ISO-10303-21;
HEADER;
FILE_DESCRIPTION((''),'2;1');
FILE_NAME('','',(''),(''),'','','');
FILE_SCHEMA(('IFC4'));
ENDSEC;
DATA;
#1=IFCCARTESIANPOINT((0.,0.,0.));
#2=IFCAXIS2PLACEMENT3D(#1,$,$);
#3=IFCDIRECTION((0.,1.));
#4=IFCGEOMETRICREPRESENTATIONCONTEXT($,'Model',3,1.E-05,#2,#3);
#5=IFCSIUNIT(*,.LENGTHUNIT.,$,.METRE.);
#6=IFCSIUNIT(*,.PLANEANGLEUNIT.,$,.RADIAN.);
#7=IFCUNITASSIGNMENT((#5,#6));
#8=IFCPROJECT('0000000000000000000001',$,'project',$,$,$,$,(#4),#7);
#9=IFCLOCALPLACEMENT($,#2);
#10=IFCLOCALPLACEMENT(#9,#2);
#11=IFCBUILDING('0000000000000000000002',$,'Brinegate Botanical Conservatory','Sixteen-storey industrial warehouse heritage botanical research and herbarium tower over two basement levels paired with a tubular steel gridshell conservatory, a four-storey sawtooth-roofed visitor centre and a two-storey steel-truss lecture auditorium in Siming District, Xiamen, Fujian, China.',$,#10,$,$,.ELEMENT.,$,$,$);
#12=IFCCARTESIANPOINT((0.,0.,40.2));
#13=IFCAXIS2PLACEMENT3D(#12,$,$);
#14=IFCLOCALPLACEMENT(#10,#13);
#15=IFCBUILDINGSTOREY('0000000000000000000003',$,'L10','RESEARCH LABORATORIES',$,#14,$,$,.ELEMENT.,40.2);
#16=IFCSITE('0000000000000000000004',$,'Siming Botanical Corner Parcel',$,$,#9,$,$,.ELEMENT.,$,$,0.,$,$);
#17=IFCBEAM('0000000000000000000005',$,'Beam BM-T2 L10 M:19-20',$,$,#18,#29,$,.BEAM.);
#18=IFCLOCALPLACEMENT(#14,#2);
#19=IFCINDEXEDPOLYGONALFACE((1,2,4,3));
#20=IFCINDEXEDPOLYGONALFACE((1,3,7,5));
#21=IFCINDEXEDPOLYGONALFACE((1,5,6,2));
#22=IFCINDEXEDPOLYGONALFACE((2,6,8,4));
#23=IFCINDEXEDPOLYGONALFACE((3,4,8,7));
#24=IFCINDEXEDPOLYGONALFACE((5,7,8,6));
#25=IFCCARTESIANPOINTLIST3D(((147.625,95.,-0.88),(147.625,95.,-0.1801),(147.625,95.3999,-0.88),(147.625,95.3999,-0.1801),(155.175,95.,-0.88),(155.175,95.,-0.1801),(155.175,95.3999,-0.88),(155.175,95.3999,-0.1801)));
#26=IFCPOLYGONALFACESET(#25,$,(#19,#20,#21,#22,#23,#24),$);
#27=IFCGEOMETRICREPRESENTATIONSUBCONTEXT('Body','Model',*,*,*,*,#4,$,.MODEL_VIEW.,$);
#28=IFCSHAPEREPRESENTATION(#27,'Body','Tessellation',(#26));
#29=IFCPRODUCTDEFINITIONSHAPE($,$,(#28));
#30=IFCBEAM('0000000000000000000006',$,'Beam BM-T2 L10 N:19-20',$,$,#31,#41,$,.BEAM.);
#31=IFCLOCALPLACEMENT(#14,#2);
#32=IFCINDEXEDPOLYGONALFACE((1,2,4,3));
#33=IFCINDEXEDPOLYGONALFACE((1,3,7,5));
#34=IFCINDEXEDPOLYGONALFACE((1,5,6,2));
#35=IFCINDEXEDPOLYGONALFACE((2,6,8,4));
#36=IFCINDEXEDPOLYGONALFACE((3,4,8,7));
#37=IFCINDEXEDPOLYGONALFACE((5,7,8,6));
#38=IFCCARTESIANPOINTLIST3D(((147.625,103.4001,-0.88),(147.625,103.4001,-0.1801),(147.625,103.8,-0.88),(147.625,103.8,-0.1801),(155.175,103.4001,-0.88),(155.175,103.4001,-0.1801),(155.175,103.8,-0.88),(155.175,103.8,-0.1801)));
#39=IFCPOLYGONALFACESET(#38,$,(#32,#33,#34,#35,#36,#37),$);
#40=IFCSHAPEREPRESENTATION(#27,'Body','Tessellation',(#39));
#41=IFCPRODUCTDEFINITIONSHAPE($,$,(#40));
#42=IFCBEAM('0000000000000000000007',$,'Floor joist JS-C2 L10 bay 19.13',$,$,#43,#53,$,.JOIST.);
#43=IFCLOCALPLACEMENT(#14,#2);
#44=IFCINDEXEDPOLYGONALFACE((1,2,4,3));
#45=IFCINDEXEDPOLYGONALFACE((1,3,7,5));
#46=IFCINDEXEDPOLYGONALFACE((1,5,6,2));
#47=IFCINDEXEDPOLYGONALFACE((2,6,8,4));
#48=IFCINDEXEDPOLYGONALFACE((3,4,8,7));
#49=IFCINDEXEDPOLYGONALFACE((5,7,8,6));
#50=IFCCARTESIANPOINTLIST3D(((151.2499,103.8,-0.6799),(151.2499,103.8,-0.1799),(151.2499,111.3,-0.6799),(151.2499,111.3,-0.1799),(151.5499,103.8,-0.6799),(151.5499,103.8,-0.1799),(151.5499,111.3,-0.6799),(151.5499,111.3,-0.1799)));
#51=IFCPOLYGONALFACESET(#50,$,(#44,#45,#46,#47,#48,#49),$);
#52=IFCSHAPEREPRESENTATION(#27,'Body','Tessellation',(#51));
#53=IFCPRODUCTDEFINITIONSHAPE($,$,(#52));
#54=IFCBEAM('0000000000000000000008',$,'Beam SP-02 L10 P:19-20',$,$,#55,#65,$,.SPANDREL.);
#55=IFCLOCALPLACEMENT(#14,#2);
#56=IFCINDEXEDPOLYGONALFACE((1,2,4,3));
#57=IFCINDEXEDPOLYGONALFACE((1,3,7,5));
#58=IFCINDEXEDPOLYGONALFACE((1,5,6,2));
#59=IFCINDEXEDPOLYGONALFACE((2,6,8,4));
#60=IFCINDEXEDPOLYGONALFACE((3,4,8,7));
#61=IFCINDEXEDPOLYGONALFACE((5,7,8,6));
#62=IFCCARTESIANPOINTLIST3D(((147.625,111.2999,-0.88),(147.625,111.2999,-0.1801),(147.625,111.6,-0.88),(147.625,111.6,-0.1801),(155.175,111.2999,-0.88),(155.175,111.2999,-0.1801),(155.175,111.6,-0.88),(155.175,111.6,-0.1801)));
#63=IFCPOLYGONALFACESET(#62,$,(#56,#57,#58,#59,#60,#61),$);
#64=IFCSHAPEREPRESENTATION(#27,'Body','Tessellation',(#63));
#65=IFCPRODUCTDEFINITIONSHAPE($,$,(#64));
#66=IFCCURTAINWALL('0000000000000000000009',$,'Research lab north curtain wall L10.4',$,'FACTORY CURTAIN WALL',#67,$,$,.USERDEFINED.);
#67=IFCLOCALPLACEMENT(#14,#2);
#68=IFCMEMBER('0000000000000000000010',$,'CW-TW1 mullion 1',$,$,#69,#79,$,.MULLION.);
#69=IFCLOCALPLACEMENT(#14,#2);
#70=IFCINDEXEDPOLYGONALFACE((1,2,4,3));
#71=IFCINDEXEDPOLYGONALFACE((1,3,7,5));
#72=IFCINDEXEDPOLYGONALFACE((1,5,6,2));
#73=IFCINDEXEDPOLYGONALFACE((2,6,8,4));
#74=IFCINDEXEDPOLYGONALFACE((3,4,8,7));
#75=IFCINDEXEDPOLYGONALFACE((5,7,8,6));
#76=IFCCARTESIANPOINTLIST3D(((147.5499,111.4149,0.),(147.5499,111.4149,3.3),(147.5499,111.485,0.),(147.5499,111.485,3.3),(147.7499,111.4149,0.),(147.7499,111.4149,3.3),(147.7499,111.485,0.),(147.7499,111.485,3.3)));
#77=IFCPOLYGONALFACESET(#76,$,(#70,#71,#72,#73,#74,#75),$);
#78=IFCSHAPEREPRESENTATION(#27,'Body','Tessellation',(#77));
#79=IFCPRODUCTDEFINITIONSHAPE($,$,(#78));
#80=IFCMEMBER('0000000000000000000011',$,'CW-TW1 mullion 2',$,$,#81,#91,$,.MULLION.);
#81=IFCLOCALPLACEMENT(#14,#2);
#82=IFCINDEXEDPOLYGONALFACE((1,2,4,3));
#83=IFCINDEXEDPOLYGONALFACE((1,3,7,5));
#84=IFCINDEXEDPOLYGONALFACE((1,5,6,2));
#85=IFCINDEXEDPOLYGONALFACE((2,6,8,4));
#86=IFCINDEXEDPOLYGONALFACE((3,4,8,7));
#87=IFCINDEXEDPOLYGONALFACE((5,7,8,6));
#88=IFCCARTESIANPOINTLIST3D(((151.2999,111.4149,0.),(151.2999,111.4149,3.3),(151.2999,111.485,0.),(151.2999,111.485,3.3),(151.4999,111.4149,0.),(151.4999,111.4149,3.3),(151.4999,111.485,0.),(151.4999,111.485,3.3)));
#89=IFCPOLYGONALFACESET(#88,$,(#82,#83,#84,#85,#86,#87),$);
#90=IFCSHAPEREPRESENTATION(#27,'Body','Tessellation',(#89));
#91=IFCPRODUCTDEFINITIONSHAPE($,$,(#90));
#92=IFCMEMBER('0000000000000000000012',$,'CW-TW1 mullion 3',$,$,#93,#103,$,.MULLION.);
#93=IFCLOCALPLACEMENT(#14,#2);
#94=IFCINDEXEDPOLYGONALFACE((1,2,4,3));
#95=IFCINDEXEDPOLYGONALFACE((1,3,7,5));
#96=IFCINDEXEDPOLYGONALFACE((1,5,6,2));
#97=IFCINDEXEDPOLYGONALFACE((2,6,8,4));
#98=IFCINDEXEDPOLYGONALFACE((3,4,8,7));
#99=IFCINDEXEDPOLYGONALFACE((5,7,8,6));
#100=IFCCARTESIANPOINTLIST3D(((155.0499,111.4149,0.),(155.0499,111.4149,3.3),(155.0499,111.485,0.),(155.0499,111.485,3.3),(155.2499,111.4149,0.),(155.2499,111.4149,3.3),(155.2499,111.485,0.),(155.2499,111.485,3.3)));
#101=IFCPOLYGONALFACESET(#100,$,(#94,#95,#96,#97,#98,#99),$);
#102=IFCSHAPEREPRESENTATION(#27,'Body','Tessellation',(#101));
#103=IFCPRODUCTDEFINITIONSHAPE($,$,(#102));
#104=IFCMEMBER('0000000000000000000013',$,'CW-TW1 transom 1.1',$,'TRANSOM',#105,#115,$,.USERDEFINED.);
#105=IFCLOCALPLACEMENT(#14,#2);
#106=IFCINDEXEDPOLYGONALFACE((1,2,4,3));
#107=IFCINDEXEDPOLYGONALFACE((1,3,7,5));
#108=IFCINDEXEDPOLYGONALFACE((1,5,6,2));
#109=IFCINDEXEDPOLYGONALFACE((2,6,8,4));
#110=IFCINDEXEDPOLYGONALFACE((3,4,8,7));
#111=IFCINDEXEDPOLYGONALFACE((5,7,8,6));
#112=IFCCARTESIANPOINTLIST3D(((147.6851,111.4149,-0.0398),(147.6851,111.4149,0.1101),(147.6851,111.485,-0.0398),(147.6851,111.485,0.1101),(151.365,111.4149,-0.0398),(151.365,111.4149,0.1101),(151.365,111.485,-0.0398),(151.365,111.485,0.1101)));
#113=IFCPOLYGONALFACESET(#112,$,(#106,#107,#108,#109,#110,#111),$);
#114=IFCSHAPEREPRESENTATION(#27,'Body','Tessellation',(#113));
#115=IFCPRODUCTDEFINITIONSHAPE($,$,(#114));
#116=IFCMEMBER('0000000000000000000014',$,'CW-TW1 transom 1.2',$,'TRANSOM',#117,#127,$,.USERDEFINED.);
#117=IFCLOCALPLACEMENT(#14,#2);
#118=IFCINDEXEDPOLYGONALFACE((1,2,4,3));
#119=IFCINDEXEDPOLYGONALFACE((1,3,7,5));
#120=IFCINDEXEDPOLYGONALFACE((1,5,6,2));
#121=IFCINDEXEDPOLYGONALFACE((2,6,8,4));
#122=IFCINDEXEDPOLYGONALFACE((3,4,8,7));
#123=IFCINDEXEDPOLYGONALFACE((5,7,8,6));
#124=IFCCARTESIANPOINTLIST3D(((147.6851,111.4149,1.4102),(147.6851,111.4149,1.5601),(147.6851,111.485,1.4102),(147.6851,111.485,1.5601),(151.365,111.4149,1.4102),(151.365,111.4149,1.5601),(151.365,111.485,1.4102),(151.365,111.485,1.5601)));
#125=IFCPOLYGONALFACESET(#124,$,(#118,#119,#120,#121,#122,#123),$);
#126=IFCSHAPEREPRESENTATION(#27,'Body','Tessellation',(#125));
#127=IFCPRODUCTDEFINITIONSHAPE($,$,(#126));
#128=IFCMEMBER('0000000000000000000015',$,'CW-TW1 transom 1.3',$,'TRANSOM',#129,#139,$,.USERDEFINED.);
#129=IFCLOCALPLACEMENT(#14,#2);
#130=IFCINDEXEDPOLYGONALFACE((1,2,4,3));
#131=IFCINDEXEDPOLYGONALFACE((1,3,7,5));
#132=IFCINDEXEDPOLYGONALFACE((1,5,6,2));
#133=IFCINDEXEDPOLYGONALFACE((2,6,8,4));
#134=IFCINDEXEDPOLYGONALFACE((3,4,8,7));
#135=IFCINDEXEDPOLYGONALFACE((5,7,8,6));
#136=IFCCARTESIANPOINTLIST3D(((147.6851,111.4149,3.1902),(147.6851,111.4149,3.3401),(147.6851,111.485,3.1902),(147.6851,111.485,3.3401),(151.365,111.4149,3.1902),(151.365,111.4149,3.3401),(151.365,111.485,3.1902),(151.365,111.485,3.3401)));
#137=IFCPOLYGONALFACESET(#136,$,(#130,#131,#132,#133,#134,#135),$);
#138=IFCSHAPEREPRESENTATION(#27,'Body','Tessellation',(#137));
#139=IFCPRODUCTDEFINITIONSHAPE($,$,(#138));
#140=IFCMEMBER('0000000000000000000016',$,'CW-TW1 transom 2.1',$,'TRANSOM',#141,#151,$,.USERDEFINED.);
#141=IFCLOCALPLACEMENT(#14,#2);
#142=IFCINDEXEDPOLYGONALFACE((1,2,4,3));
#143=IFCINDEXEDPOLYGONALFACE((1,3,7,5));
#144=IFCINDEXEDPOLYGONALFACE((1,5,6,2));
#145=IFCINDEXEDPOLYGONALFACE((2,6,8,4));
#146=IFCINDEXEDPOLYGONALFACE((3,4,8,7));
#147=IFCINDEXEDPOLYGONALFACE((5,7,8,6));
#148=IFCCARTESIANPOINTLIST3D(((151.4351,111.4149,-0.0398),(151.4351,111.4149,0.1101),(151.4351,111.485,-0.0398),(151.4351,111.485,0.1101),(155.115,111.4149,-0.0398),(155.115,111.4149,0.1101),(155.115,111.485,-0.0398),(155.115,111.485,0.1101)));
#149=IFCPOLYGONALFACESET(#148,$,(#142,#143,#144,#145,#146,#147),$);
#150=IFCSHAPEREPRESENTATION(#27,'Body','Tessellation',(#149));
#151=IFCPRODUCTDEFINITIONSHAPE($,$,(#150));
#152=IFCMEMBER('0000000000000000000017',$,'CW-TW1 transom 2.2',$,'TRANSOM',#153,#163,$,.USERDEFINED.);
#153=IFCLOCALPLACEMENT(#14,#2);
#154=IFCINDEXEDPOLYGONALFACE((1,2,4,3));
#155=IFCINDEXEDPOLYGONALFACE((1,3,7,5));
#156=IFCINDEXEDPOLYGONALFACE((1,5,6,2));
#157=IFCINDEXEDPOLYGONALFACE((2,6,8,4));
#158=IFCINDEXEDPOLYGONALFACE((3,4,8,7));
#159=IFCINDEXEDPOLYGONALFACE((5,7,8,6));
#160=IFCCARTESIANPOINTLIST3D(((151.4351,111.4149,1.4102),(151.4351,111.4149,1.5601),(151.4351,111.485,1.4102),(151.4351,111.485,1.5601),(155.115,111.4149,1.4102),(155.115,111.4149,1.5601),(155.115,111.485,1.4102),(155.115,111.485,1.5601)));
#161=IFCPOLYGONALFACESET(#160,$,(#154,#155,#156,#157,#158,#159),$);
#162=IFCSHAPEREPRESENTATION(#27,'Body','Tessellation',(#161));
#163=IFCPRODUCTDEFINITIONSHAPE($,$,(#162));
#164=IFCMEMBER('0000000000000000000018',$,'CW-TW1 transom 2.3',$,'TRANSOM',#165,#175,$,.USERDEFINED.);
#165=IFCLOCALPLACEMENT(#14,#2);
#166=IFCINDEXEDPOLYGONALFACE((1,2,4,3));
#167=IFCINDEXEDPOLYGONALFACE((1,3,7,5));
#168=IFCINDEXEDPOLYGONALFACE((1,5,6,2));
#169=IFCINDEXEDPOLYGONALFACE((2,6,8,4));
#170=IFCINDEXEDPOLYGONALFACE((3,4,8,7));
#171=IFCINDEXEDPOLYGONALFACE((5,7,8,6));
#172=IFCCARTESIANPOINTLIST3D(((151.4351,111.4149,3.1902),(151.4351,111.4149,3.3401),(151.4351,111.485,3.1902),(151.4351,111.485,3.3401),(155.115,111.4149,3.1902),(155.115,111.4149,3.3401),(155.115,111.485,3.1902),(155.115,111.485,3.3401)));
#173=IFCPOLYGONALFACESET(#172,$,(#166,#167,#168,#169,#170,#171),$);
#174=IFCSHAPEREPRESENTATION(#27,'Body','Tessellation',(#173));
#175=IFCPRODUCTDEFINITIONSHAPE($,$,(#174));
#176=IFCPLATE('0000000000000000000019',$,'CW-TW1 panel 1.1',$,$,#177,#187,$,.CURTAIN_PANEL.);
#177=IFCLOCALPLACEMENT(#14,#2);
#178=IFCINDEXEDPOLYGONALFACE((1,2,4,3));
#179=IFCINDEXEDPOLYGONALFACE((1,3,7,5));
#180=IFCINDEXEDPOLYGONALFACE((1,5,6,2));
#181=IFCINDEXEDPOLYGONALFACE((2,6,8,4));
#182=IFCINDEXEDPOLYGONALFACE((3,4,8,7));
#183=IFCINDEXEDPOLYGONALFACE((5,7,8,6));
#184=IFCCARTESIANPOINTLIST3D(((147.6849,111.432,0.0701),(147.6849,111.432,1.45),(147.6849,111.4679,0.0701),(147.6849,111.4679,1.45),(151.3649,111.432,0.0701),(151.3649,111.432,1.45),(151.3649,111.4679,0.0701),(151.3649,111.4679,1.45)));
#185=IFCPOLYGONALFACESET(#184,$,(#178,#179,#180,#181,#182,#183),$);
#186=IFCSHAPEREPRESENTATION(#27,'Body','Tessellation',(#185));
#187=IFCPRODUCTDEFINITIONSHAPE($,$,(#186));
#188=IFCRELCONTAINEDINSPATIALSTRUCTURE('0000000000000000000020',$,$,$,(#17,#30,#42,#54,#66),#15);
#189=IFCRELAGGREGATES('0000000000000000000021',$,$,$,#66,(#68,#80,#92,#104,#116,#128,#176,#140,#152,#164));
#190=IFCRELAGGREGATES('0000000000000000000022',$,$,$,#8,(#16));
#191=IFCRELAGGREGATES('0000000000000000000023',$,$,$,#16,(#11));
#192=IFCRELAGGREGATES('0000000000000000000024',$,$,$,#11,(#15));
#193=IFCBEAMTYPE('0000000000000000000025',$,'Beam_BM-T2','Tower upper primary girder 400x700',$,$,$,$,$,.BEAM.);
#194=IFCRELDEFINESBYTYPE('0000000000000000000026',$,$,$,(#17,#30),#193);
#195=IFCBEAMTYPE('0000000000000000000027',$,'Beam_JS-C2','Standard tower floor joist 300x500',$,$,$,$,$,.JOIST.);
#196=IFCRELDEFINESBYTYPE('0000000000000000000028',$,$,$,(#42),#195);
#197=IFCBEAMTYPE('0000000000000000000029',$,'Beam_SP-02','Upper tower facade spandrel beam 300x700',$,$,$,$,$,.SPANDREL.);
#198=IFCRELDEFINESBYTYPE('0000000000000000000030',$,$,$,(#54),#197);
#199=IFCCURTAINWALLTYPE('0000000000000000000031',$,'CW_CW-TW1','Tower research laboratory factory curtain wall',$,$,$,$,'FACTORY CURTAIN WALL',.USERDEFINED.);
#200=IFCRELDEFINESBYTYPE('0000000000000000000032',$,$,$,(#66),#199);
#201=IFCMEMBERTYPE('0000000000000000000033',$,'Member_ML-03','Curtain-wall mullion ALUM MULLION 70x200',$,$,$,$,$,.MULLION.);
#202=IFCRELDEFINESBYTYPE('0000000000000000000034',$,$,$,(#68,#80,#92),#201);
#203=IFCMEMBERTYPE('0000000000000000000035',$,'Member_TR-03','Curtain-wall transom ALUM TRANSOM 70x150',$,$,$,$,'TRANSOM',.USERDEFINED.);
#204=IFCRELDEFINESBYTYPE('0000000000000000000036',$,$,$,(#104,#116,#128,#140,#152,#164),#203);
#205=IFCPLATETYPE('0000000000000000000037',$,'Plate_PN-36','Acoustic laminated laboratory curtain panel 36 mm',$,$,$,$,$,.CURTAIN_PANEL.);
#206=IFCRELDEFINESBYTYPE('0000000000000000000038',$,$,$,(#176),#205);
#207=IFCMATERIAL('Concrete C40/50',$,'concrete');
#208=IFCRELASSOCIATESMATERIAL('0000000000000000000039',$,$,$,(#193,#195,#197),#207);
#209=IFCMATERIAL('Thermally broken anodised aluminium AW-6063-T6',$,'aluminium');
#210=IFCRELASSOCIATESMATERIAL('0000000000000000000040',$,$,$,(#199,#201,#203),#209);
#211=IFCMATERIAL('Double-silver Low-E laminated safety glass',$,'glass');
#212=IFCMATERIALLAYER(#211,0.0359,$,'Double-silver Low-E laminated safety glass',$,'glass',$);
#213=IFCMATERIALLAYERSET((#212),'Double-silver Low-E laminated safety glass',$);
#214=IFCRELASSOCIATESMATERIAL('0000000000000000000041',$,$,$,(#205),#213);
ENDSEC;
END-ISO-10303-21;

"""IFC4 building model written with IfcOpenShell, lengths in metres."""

from ifc_helpers import new_model, si_unit, direction, frame, origin, origin_2d, place, context, subcontext, project, spatial, rectangle, extrude, material, layer, layer_set, material_profile, profile_set, type_object, element, aggregate, save


model = new_model("IFC4")

# Units and contexts
model_context = context("Model", 3, precision=1e-05, world=origin(), true_north=direction((0.0, 1.0)))
body_context = subcontext(model_context, "Body", "Model", "MODEL_VIEW")
ifc_project = project(units=[si_unit("LENGTHUNIT", "METRE"), si_unit("PLANEANGLEUNIT", "RADIAN")], contexts=[model_context])

# Site, building, storey
site_placement = place(None, origin())
site = spatial("IfcSite", under=ifc_project, at=site_placement, Name="Siming Botanical Corner Parcel", CompositionType="ELEMENT", RefElevation=0.0)
building_placement = place(site_placement, origin())
building = spatial("IfcBuilding", under=site, at=building_placement, Name="Brinegate Botanical Conservatory", Description="Sixteen-storey industrial warehouse heritage botanical research and herbarium tower over two basement levels paired with a tubular steel gridshell conservatory, a four-storey sawtooth-roofed visitor centre and a two-storey steel-truss lecture auditorium in Siming District, Xiamen, Fujian, China.", CompositionType="ELEMENT")
storey_placement = place(building_placement, frame((0.0, 0.0, 40.2)))
storey = spatial("IfcBuildingStorey", under=building, at=storey_placement, Name="L10", Description="RESEARCH LABORATORIES", CompositionType="ELEMENT", Elevation=40.2)

# Beams
ifc_material_1 = material(Name="Concrete C40/50", Category="concrete")
ifc_material_profile_1 = material_profile(ifc_material_1, rectangle(XDim=0.3999, YDim=0.7, at=origin_2d()), Name="RC BM 400x700")
ifc_profile_set_1 = profile_set([ifc_material_profile_1], Name="Concrete C40/50")
beam_type_1 = type_object("IfcBeamType", Name="Beam_BM-T2", Description="Tower upper primary girder 400x700", PredefinedType="BEAM", material=ifc_profile_set_1)
for number, where, z_axis, x_axis, name in (
    (1, (147.625, 95.2, -0.53), (1.0, 0.0, 0.0), (0.0, 1.0, 0.0), "Beam BM-T2 L10 M:19-20"),
    (2, (147.625, 103.6001, -0.53), (1.0, 0.0, 0.0), (0.0, 1.0, 0.0), "Beam BM-T2 L10 N:19-20"),
):
    element("IfcBeam", number, at=place(storey_placement, frame(where, z_axis=z_axis, x_axis=x_axis)), inside=storey, type_object=beam_type_1, Name=name, PredefinedType="BEAM", context=body_context, shape_type="SweptSolid", body=[
        extrude(rectangle(XDim=0.3999, YDim=0.7, at=origin_2d()), origin(), (0.0, 0.0, 1.0), 7.55),
    ])
ifc_material_profile_2 = material_profile(ifc_material_1, rectangle(XDim=0.3, YDim=0.5, at=origin_2d()), Name="RC JST 300x500")
ifc_profile_set_2 = profile_set([ifc_material_profile_2], Name="Concrete C40/50")
beam_type_2 = type_object("IfcBeamType", Name="Beam_JS-C2", Description="Standard tower floor joist 300x500", PredefinedType="JOIST", material=ifc_profile_set_2)
beam_1_placement = place(storey_placement, frame((151.3999, 103.8, -0.4299), z_axis=(0.0, 1.0, 0.0), x_axis=(-1.0, 0.0, 0.0)))
element("IfcBeam", 3, at=beam_1_placement, inside=storey, type_object=beam_type_2, Name="Floor joist JS-C2 L10 bay 19.13", PredefinedType="JOIST", context=body_context, shape_type="SweptSolid", body=[
    extrude(rectangle(XDim=0.3, YDim=0.5, at=origin_2d()), origin(), (0.0, 0.0, 1.0), 7.5),
])
ifc_material_profile_3 = material_profile(ifc_material_1, rectangle(XDim=0.3, YDim=0.7, at=origin_2d()), Name="RC SPN 300x700")
ifc_profile_set_3 = profile_set([ifc_material_profile_3], Name="Concrete C40/50")
beam_type_3 = type_object("IfcBeamType", Name="Beam_SP-02", Description="Upper tower facade spandrel beam 300x700", PredefinedType="SPANDREL", material=ifc_profile_set_3)
beam_2_placement = place(storey_placement, frame((147.625, 111.45, -0.53), z_axis=(1.0, 0.0, 0.0), x_axis=(0.0, 1.0, 0.0)))
element("IfcBeam", 4, at=beam_2_placement, inside=storey, type_object=beam_type_3, Name="Beam SP-02 L10 P:19-20", PredefinedType="SPANDREL", context=body_context, shape_type="SweptSolid", body=[
    extrude(rectangle(XDim=0.3, YDim=0.7, at=origin_2d()), origin(), (0.0, 0.0, 1.0), 7.55),
])

# Curtain wall, members, plate
ifc_material_2 = material(Name="Thermally broken anodised aluminium AW-6063-T6", Category="aluminium")
curtain_wall_type = type_object("IfcCurtainWallType", Name="CW_CW-TW1", Description="Tower research laboratory factory curtain wall", ElementType="FACTORY CURTAIN WALL", PredefinedType="USERDEFINED", material=ifc_material_2)
curtain_wall_placement = place(storey_placement, origin())
curtain_wall = element("IfcCurtainWall", 5, at=curtain_wall_placement, inside=storey, type_object=curtain_wall_type, Name="Research lab north curtain wall L10.4", ObjectType="FACTORY CURTAIN WALL", PredefinedType="USERDEFINED")
ifc_material_profile_4 = material_profile(ifc_material_2, rectangle(XDim=0.0701, YDim=0.2, at=origin_2d()), Name="ALUM MULLION 70x200")
ifc_profile_set_4 = profile_set([ifc_material_profile_4], Name="Thermally broken anodised aluminium AW-6063-T6")
member_type_1 = type_object("IfcMemberType", Name="Member_ML-03", Description="Curtain-wall mullion ALUM MULLION 70x200", PredefinedType="MULLION", material=ifc_profile_set_4)
member_1_placement = place(storey_placement, frame((147.6499, 111.45, 0.0), z_axis=(0.0, 0.0, 1.0), x_axis=(0.0, 1.0, 0.0)))
member_1 = element("IfcMember", 6, at=member_1_placement, type_object=member_type_1, Name="CW-TW1 mullion 1", PredefinedType="MULLION", context=body_context, shape_type="SweptSolid", body=[
    extrude(rectangle(XDim=0.0701, YDim=0.2, at=origin_2d()), origin(), (0.0, 0.0, 1.0), 3.3),
])
member_2_placement = place(storey_placement, frame((151.3999, 111.45, 0.0), z_axis=(0.0, 0.0, 1.0), x_axis=(0.0, 1.0, 0.0)))
member_2 = element("IfcMember", 7, at=member_2_placement, type_object=member_type_1, Name="CW-TW1 mullion 2", PredefinedType="MULLION", context=body_context, shape_type="SweptSolid", body=[
    extrude(rectangle(XDim=0.0701, YDim=0.2, at=origin_2d()), origin(), (0.0, 0.0, 1.0), 3.3),
])
member_3_placement = place(storey_placement, frame((155.1499, 111.45, 0.0), z_axis=(0.0, 0.0, 1.0), x_axis=(0.0, 1.0, 0.0)))
member_3 = element("IfcMember", 8, at=member_3_placement, type_object=member_type_1, Name="CW-TW1 mullion 3", PredefinedType="MULLION", context=body_context, shape_type="SweptSolid", body=[
    extrude(rectangle(XDim=0.0701, YDim=0.2, at=origin_2d()), origin(), (0.0, 0.0, 1.0), 3.3),
])
ifc_material_profile_5 = material_profile(ifc_material_2, rectangle(XDim=0.0701, YDim=0.1499, at=origin_2d()), Name="ALUM TRANSOM 70x150")
ifc_profile_set_5 = profile_set([ifc_material_profile_5], Name="Thermally broken anodised aluminium AW-6063-T6")
member_type_2 = type_object("IfcMemberType", Name="Member_TR-03", Description="Curtain-wall transom ALUM TRANSOM 70x150", ElementType="TRANSOM", PredefinedType="USERDEFINED", material=ifc_profile_set_5)
member_4_placement = place(storey_placement, frame((147.6851, 111.45, 0.0352), z_axis=(1.0, 0.0, 0.0), x_axis=(0.0, 1.0, 0.0)))
member_4 = element("IfcMember", 9, at=member_4_placement, type_object=member_type_2, Name="CW-TW1 transom 1.1", ObjectType="TRANSOM", PredefinedType="USERDEFINED", context=body_context, shape_type="SweptSolid", body=[
    extrude(rectangle(XDim=0.0701, YDim=0.1499, at=origin_2d()), origin(), (0.0, 0.0, 1.0), 3.6799),
])
member_5_placement = place(storey_placement, frame((147.6851, 111.45, 1.4851), z_axis=(1.0, 0.0, 0.0), x_axis=(0.0, 1.0, 0.0)))
member_5 = element("IfcMember", 10, at=member_5_placement, type_object=member_type_2, Name="CW-TW1 transom 1.2", ObjectType="TRANSOM", PredefinedType="USERDEFINED", context=body_context, shape_type="SweptSolid", body=[
    extrude(rectangle(XDim=0.0701, YDim=0.1499, at=origin_2d()), origin(), (0.0, 0.0, 1.0), 3.6799),
])
member_6_placement = place(storey_placement, frame((147.6851, 111.45, 3.2651), z_axis=(1.0, 0.0, 0.0), x_axis=(0.0, 1.0, 0.0)))
member_6 = element("IfcMember", 11, at=member_6_placement, type_object=member_type_2, Name="CW-TW1 transom 1.3", ObjectType="TRANSOM", PredefinedType="USERDEFINED", context=body_context, shape_type="SweptSolid", body=[
    extrude(rectangle(XDim=0.0701, YDim=0.1499, at=origin_2d()), origin(), (0.0, 0.0, 1.0), 3.6799),
])
member_7_placement = place(storey_placement, frame((151.4351, 111.45, 0.0352), z_axis=(1.0, 0.0, 0.0), x_axis=(0.0, 1.0, 0.0)))
member_7 = element("IfcMember", 12, at=member_7_placement, type_object=member_type_2, Name="CW-TW1 transom 2.1", ObjectType="TRANSOM", PredefinedType="USERDEFINED", context=body_context, shape_type="SweptSolid", body=[
    extrude(rectangle(XDim=0.0701, YDim=0.1499, at=origin_2d()), origin(), (0.0, 0.0, 1.0), 3.6799),
])
member_8_placement = place(storey_placement, frame((151.4351, 111.45, 1.4851), z_axis=(1.0, 0.0, 0.0), x_axis=(0.0, 1.0, 0.0)))
member_8 = element("IfcMember", 13, at=member_8_placement, type_object=member_type_2, Name="CW-TW1 transom 2.2", ObjectType="TRANSOM", PredefinedType="USERDEFINED", context=body_context, shape_type="SweptSolid", body=[
    extrude(rectangle(XDim=0.0701, YDim=0.1499, at=origin_2d()), origin(), (0.0, 0.0, 1.0), 3.6799),
])
member_9_placement = place(storey_placement, frame((151.4351, 111.45, 3.2651), z_axis=(1.0, 0.0, 0.0), x_axis=(0.0, 1.0, 0.0)))
member_9 = element("IfcMember", 14, at=member_9_placement, type_object=member_type_2, Name="CW-TW1 transom 2.3", ObjectType="TRANSOM", PredefinedType="USERDEFINED", context=body_context, shape_type="SweptSolid", body=[
    extrude(rectangle(XDim=0.0701, YDim=0.1499, at=origin_2d()), origin(), (0.0, 0.0, 1.0), 3.6799),
])
ifc_material_3 = material(Name="Double-silver Low-E laminated safety glass", Category="glass")
ifc_layer_1 = layer(ifc_material_3, 0.0359, Name="Double-silver Low-E laminated safety glass", Category="glass")
ifc_layer_set_1 = layer_set([ifc_layer_1], Name="Double-silver Low-E laminated safety glass")
plate_type = type_object("IfcPlateType", Name="Plate_PN-36", Description="Acoustic laminated laboratory curtain panel 36 mm", PredefinedType="CURTAIN_PANEL", material=ifc_layer_set_1)
plate_1_placement = place(storey_placement, frame((149.5249, 111.45, 0.0701), z_axis=(0.0, 0.0, 1.0), x_axis=(1.0, 0.0, 0.0)))
plate_1 = element("IfcPlate", 15, at=plate_1_placement, type_object=plate_type, Name="CW-TW1 panel 1.1", PredefinedType="CURTAIN_PANEL", context=body_context, shape_type="SweptSolid", body=[
    extrude(rectangle(XDim=3.6799, YDim=0.0359, at=origin_2d()), origin(), (0.0, 0.0, 1.0), 1.3799),
])
aggregate(curtain_wall, [member_1, member_2, member_3, member_4, member_5, member_6, plate_1, member_7, member_8, member_9])

save(model, "model.ifc")
